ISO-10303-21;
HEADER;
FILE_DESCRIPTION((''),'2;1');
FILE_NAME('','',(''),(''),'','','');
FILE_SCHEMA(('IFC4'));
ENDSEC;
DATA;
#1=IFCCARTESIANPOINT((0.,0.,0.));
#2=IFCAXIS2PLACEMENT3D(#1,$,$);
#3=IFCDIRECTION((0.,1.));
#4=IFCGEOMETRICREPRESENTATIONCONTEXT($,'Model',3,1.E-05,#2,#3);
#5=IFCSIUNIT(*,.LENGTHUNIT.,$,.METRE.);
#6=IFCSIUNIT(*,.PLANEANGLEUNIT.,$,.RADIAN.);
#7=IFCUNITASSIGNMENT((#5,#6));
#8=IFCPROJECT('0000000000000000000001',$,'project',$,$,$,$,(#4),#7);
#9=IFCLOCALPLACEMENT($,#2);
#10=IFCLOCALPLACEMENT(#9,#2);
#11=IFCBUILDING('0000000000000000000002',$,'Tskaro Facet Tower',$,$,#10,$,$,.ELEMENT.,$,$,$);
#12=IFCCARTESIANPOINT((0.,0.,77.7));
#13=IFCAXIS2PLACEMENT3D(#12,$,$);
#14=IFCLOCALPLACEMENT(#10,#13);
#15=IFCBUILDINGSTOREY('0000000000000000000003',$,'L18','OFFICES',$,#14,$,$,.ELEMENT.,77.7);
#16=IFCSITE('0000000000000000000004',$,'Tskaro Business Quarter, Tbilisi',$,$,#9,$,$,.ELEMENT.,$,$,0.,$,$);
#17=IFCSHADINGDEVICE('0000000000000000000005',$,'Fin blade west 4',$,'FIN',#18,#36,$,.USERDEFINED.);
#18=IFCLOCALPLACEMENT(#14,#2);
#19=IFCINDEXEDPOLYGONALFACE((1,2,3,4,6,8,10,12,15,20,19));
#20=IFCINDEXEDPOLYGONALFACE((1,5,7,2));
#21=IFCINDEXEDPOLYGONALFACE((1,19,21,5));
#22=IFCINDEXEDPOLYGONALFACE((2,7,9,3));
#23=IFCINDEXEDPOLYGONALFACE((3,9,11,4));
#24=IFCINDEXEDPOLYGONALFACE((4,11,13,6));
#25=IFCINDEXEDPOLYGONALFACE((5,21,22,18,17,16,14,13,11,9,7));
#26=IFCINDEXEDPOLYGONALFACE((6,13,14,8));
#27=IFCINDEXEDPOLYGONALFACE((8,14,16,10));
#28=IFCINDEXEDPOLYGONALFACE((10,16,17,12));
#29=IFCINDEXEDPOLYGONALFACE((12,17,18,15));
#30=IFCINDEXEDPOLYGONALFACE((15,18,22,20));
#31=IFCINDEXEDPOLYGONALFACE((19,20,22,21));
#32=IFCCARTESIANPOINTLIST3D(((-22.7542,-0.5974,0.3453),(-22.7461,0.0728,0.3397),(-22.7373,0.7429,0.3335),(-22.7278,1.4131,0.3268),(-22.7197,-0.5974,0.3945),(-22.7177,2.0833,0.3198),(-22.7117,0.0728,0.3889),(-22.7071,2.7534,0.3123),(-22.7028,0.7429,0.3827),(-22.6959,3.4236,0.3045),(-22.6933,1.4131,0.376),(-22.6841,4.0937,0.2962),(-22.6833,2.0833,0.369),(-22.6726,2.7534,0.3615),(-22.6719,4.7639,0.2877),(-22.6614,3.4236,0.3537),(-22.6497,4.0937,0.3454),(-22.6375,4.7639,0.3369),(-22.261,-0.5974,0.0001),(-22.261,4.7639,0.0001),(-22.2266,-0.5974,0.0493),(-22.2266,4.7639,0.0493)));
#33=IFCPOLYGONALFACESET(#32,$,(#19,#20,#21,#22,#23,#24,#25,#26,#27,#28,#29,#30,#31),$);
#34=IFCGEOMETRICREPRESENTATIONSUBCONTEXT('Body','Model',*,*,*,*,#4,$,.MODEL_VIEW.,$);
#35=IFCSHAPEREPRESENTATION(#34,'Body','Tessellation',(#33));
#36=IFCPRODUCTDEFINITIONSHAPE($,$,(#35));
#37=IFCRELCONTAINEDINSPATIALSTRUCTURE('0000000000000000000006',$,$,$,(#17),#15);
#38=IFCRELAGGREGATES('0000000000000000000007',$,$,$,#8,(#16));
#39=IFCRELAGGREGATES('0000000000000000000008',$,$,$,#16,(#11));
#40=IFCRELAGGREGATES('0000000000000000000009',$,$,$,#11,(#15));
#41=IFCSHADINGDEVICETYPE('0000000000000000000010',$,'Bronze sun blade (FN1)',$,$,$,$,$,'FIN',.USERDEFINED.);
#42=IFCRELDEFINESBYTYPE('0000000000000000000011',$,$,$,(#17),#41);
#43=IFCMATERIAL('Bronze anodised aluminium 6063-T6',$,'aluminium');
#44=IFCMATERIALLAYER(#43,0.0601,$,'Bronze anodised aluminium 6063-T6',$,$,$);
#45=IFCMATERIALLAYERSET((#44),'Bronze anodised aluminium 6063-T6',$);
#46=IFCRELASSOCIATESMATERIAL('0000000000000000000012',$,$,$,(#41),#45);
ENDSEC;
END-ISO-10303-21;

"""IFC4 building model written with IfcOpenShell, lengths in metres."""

from ifc_helpers import new_model, si_unit, direction, frame, origin, place, context, subcontext, project, spatial, polyline, outline, extrude, material, layer, layer_set, type_object, element, save


model = new_model("IFC4")

# Units and contexts
model_context = context("Model", 3, precision=1e-05, world=origin(), true_north=direction((0.0, 1.0)))
body_context = subcontext(model_context, "Body", "Model", "MODEL_VIEW")
ifc_project = project(units=[si_unit("LENGTHUNIT", "METRE"), si_unit("PLANEANGLEUNIT", "RADIAN")], contexts=[model_context])

# Site, building, storey
site_placement = place(None, origin())
site = spatial("IfcSite", under=ifc_project, at=site_placement, Name="Tskaro Business Quarter, Tbilisi", CompositionType="ELEMENT", RefElevation=0.0)
building_placement = place(site_placement, origin())
building = spatial("IfcBuilding", under=site, at=building_placement, Name="Tskaro Facet Tower", CompositionType="ELEMENT")
storey_placement = place(building_placement, frame((0.0, 0.0, 77.7)))
storey = spatial("IfcBuildingStorey", under=building, at=storey_placement, Name="L18", Description="OFFICES", CompositionType="ELEMENT", Elevation=77.7)

# Shared definitions
ifc_material_1 = material(Name="Bronze anodised aluminium 6063-T6", Category="aluminium")

# Shading device
ifc_layer_1 = layer(ifc_material_1, 0.0601, Name="Bronze anodised aluminium 6063-T6")
ifc_layer_set_1 = layer_set([ifc_layer_1], Name="Bronze anodised aluminium 6063-T6")
shading_device_type = type_object("IfcShadingDeviceType", Name="Bronze sun blade (FN1)", ElementType="FIN", PredefinedType="USERDEFINED", material=ifc_layer_set_1)
shading_device_placement = place(storey_placement, frame((-22.2266, 4.7639, 0.0493), z_axis=(0.573409, 0.000003, 0.819269), x_axis=(0.000002, -1.0, 0.000002)))
element("IfcShadingDevice", 1, at=shading_device_placement, inside=storey, type_object=shading_device_type, Name="Fin blade west 4", ObjectType="FIN", PredefinedType="USERDEFINED", context=body_context, shape_type="SweptSolid", body=[
    extrude(outline(polyline([(0.0, 0.0), (5.3613, 0.0), (5.3613, -0.602), (4.6912, -0.5922), (4.021, -0.5813), (3.3508, -0.5697), (2.6807, -0.5575), (2.0105, -0.5445), (1.3403, -0.5308), (0.6702, -0.5164), (0.0, -0.5015), (0.0, 0.0)])), origin(), (0.0, 0.0, -1.0), 0.0601),
])

save(model, "model.ifc")
